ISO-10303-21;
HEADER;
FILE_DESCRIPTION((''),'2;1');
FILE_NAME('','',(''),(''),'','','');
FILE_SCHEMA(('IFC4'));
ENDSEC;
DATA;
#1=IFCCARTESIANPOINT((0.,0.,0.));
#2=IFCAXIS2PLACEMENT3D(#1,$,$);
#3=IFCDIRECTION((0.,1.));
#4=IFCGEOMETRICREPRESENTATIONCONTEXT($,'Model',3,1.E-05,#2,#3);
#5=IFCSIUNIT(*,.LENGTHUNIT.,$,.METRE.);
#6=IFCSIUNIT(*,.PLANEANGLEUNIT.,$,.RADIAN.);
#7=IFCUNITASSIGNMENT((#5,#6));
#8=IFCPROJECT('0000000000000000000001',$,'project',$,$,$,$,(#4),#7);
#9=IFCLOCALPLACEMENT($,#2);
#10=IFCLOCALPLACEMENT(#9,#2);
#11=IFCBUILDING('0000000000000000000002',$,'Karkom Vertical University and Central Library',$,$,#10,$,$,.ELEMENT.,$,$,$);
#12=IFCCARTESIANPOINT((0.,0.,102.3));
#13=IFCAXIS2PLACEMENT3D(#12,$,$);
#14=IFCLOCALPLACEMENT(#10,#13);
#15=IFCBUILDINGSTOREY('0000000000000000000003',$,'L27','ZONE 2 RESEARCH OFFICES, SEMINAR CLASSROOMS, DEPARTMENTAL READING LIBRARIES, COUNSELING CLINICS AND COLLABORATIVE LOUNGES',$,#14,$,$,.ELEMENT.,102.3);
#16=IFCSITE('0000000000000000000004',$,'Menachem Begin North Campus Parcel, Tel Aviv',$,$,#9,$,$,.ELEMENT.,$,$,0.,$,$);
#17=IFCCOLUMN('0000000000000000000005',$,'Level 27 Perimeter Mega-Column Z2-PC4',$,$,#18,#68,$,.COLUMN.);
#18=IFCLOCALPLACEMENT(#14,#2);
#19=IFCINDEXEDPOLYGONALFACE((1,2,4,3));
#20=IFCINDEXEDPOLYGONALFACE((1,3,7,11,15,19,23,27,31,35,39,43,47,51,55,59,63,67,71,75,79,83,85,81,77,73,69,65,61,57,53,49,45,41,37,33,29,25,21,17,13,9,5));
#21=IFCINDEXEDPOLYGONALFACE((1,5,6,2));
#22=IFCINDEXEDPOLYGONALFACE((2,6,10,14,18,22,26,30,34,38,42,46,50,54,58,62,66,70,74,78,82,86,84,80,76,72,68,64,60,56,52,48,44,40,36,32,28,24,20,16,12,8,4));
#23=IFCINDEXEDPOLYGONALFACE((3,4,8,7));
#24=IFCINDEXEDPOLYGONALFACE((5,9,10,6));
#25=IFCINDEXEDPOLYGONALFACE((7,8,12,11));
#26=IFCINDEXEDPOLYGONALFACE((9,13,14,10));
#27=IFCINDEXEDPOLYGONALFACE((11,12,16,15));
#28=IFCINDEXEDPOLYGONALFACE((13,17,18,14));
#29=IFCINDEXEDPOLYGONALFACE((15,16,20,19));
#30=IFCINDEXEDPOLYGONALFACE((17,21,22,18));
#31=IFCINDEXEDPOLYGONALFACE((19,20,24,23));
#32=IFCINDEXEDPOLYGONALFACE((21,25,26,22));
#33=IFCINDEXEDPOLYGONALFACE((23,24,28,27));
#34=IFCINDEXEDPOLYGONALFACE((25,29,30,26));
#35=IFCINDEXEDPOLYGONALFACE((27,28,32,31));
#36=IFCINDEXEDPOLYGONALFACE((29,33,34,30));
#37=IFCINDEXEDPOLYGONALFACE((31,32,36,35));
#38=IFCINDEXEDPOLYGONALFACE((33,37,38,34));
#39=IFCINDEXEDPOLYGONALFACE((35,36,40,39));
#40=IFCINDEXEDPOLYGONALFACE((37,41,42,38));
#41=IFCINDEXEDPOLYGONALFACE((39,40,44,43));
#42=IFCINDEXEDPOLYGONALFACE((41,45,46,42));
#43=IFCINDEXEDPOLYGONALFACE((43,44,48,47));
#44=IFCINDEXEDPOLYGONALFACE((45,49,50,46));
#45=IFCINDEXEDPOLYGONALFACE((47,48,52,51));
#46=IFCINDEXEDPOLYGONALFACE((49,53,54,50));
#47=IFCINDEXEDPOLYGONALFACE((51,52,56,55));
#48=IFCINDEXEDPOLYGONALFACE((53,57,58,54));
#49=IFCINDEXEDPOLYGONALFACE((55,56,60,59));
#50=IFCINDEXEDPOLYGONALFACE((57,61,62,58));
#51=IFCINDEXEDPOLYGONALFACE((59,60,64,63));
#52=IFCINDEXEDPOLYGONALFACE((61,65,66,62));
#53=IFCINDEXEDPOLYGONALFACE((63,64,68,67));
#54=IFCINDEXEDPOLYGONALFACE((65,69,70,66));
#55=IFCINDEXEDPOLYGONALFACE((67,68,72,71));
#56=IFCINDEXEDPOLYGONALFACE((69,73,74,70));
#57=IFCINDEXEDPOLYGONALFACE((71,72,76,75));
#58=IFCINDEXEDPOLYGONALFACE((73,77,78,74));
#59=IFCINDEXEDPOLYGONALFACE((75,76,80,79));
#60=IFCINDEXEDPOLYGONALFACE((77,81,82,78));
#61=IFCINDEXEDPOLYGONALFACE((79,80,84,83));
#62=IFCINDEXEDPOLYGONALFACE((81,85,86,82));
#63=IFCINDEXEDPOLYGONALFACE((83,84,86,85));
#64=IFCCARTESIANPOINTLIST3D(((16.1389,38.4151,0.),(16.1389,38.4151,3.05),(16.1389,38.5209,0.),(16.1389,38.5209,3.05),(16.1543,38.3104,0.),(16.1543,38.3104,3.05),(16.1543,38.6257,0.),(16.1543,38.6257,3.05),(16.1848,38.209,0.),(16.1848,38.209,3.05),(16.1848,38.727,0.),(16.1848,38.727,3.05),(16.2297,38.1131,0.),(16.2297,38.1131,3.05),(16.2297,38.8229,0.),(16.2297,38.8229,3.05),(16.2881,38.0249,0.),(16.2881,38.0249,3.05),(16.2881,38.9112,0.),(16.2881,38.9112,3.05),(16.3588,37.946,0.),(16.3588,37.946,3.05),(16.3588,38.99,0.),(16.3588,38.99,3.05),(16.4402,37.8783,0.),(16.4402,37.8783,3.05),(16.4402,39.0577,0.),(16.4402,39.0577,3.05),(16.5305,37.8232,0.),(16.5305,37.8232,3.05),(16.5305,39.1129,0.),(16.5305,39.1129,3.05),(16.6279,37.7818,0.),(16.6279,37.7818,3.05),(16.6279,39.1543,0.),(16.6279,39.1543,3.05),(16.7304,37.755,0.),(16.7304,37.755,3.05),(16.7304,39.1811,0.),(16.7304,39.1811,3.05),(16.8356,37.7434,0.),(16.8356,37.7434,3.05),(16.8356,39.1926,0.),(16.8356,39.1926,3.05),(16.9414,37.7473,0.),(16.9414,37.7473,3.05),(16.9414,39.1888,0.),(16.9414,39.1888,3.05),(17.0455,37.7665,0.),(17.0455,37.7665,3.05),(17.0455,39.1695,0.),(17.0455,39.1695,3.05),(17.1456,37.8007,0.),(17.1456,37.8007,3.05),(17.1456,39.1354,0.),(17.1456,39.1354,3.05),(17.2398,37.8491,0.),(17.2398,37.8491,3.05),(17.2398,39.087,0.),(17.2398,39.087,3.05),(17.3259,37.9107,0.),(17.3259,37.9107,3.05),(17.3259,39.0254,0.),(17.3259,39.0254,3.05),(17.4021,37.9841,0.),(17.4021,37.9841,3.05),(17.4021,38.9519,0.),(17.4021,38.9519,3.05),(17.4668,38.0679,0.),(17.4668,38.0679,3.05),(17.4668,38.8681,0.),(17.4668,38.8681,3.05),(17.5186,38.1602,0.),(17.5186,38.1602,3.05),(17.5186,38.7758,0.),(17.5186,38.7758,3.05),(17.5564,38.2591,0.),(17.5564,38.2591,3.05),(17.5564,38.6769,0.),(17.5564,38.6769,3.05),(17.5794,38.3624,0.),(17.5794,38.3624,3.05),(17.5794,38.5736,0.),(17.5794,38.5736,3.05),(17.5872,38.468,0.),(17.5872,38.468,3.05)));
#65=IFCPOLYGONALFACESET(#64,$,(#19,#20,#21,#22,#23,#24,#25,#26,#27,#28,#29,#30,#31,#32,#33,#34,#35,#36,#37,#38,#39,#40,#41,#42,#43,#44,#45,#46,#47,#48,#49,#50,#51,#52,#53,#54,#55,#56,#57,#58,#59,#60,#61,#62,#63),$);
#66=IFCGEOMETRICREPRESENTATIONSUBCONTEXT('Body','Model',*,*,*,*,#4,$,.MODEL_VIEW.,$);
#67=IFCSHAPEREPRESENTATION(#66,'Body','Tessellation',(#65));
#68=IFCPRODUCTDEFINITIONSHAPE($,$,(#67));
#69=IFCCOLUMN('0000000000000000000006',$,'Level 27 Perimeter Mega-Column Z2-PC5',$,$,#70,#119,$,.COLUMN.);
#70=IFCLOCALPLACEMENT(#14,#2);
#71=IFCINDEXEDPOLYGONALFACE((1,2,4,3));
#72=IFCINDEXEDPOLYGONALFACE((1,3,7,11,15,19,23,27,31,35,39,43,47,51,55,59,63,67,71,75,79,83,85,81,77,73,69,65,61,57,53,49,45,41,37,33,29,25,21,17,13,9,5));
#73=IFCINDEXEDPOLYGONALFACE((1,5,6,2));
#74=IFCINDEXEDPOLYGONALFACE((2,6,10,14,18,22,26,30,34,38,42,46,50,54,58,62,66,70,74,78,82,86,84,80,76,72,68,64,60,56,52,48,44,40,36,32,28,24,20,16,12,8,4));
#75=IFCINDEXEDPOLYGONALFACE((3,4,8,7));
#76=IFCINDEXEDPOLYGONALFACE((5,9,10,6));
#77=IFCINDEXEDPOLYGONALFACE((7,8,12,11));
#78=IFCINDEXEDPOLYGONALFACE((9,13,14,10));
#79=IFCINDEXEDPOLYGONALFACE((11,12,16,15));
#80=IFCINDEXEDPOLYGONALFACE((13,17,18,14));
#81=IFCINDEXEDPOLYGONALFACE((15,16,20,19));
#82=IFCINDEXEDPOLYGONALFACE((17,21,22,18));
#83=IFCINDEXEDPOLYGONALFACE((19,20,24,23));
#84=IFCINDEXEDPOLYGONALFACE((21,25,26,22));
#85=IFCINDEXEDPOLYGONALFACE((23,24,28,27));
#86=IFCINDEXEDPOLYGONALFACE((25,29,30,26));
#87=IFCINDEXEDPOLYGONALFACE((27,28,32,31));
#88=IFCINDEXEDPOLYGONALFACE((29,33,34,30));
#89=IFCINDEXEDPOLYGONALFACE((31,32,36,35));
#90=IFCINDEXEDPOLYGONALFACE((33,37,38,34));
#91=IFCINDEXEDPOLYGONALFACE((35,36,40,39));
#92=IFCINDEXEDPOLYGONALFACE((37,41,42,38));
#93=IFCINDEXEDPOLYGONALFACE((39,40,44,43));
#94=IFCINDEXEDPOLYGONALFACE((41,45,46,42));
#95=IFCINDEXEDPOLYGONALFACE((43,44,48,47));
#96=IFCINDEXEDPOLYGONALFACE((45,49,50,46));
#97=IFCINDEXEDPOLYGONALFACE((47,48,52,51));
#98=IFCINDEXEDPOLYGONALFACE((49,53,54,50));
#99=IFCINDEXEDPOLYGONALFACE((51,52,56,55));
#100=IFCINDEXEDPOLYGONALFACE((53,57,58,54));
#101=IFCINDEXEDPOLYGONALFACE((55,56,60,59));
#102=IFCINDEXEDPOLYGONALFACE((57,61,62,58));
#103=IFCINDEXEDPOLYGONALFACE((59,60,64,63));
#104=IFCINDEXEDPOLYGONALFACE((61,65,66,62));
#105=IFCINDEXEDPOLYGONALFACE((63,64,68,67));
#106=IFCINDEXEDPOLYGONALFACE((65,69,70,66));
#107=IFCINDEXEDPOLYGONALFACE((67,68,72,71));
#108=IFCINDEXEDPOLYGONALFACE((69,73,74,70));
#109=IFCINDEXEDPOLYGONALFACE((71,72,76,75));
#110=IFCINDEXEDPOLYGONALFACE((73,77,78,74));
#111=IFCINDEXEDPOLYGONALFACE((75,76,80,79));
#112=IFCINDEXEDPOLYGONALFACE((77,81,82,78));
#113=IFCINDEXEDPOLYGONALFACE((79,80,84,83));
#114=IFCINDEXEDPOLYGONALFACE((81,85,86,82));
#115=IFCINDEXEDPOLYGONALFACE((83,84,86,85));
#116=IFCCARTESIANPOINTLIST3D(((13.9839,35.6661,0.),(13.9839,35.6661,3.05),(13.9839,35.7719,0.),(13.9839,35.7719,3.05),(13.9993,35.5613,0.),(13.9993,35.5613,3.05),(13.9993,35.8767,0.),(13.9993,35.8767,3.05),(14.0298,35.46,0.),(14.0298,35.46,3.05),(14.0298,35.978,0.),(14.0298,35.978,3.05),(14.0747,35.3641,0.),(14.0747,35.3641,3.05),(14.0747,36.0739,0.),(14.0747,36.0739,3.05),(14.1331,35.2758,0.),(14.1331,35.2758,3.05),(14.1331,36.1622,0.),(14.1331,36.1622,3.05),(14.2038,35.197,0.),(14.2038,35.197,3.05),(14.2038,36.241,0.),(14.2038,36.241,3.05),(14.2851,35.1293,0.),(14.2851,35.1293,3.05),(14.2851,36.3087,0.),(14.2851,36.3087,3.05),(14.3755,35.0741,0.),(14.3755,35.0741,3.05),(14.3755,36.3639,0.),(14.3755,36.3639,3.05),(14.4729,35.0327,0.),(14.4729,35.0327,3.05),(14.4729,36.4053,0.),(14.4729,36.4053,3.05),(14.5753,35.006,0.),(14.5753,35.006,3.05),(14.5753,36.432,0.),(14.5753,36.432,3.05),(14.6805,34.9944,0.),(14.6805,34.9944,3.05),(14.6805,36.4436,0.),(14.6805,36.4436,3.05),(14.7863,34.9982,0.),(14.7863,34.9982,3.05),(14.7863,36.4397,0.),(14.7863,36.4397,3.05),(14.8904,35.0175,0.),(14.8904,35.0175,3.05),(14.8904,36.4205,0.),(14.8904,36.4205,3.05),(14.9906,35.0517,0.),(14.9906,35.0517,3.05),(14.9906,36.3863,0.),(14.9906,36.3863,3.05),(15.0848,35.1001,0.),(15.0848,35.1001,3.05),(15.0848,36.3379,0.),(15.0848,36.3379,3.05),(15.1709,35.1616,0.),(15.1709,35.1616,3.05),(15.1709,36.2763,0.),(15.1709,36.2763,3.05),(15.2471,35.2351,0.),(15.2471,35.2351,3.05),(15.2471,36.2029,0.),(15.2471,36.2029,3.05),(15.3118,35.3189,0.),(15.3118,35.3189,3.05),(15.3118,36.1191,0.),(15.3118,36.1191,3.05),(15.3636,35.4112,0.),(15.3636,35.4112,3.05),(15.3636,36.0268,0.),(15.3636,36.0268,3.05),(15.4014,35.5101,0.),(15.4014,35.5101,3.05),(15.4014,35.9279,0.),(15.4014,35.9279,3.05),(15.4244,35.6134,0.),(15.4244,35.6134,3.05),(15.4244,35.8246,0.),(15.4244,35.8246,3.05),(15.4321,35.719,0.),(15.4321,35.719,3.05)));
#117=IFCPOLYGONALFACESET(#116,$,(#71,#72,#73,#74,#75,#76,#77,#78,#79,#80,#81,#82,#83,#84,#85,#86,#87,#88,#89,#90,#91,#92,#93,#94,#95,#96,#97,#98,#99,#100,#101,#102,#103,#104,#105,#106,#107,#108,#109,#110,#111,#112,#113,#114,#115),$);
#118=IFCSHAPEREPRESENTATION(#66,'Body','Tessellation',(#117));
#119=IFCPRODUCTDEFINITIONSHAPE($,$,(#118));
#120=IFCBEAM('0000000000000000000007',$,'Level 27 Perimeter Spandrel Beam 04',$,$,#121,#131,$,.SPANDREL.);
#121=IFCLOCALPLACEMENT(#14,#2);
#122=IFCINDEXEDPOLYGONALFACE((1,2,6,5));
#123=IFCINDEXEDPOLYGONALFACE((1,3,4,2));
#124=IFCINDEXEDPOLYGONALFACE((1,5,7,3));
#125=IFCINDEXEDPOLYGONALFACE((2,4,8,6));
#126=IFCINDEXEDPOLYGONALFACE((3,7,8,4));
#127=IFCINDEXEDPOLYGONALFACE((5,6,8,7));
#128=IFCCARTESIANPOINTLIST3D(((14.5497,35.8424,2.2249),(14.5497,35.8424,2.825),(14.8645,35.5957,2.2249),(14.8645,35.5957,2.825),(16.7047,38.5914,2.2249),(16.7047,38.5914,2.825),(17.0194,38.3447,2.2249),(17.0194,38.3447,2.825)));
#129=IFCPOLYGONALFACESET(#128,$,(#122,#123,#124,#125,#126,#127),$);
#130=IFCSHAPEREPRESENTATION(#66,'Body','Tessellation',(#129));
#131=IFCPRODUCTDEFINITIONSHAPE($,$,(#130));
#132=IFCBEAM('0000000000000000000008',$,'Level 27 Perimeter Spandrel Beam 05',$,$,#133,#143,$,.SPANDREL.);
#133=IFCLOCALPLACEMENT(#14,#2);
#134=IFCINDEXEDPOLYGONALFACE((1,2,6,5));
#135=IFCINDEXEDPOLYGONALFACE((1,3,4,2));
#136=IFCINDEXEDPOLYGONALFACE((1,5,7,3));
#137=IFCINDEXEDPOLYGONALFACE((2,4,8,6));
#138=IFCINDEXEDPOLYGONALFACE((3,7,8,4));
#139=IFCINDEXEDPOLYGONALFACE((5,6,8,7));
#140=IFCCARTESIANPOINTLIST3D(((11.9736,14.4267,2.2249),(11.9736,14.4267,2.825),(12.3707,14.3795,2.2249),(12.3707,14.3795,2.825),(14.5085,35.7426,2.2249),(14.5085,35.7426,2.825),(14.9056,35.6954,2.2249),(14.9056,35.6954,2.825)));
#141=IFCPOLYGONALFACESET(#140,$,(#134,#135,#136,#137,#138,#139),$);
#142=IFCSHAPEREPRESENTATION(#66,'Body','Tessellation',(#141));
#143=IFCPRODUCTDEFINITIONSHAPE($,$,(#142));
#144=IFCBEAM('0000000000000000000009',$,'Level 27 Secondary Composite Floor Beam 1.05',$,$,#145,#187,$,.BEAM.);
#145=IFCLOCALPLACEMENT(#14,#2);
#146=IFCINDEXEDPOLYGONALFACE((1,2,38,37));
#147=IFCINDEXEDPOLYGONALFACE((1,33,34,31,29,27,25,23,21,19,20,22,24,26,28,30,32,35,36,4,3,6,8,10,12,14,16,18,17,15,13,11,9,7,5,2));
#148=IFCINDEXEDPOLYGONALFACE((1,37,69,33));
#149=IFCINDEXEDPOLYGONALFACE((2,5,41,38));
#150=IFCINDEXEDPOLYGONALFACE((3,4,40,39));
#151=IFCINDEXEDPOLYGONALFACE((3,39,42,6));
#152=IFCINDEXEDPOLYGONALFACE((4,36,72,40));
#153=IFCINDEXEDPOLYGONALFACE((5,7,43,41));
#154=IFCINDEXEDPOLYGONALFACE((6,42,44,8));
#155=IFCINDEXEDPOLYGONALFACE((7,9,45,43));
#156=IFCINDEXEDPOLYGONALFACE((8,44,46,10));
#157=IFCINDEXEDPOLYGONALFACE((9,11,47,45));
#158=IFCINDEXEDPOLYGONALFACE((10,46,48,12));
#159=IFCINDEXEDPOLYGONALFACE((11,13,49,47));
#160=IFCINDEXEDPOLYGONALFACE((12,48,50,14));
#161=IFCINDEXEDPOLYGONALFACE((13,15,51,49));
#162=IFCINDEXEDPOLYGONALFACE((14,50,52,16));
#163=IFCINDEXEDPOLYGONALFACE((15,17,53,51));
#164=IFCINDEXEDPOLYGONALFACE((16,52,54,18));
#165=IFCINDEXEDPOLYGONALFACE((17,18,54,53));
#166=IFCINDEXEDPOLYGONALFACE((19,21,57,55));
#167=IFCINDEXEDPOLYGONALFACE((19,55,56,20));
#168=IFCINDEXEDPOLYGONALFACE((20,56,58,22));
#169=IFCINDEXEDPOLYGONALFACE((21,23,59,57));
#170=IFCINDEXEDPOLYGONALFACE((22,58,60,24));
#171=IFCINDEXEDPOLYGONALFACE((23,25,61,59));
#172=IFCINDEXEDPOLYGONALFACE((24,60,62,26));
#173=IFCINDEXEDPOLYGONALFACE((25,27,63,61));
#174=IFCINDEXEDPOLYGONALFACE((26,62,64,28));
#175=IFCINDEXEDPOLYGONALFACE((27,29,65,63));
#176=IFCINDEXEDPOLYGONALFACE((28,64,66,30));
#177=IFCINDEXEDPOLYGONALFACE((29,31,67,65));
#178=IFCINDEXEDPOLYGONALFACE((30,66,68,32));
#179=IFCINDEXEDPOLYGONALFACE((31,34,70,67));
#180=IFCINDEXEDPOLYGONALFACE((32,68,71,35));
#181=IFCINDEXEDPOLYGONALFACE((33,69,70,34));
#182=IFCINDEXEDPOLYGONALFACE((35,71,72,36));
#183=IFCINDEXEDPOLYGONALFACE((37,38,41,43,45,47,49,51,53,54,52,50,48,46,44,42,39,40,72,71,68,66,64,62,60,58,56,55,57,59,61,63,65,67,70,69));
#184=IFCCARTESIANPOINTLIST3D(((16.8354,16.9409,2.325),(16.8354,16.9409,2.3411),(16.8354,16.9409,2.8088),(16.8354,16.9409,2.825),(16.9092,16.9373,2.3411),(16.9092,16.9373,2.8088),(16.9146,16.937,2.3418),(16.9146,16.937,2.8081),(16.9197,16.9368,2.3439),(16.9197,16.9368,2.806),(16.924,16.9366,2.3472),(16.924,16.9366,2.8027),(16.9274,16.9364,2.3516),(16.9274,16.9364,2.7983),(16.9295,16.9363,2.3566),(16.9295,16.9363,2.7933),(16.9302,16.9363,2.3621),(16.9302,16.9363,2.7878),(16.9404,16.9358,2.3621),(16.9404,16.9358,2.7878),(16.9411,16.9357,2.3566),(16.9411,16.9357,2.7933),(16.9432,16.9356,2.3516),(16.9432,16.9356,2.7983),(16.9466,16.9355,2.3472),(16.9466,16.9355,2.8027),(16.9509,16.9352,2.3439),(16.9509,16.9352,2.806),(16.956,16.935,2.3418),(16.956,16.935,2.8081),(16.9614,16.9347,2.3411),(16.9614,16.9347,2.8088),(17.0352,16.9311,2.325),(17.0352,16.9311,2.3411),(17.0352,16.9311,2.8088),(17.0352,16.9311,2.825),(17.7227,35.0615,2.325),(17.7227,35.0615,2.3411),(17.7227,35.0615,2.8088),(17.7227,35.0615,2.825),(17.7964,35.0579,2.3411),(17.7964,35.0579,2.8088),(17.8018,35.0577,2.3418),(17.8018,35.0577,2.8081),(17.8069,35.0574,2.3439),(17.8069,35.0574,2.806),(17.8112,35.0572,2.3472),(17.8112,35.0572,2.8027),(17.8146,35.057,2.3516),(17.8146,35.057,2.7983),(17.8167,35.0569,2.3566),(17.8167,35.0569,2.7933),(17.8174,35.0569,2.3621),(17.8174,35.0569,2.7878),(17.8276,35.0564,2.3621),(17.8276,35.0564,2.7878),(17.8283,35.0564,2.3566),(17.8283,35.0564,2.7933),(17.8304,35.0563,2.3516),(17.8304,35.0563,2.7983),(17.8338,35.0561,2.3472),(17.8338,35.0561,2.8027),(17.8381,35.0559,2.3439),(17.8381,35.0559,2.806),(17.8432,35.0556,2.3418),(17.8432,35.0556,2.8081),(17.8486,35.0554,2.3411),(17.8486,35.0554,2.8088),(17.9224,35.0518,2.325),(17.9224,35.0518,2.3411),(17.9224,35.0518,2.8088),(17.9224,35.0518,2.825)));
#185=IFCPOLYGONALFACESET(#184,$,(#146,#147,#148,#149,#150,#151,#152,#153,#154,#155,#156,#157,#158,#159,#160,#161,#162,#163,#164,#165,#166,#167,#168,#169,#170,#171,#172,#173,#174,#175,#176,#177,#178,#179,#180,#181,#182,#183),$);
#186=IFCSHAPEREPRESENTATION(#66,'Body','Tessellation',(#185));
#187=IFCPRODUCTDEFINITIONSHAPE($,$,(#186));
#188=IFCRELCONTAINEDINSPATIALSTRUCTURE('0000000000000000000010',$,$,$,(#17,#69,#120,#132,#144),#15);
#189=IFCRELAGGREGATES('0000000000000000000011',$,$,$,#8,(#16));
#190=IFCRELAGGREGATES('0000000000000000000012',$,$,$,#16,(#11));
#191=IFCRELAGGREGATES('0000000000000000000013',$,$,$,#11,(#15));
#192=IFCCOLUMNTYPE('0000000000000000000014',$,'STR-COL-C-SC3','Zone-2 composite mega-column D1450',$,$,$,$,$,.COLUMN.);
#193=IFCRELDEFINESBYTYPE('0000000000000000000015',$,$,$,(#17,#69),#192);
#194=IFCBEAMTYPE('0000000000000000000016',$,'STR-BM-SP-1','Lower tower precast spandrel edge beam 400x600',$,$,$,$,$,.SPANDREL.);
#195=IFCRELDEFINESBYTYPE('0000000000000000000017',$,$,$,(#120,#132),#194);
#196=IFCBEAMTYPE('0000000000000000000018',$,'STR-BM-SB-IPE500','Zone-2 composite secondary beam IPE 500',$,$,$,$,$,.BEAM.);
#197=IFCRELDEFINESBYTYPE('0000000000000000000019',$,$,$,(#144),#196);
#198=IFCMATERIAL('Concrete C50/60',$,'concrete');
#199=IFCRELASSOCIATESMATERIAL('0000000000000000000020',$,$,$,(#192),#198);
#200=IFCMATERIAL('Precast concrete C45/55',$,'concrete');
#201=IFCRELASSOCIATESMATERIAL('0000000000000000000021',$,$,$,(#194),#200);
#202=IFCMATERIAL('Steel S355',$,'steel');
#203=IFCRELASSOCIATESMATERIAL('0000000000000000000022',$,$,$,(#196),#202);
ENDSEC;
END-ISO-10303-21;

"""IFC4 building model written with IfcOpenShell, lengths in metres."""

from ifc_helpers import new_model, si_unit, direction, frame, origin, origin_with_axes, origin_2d, place, context, subcontext, project, spatial, rectangle, circle, i_section, extrude, source, transform, mapped, material, material_profile, profile_set, type_object, element, save


model = new_model("IFC4")

# Units and contexts
model_context = context("Model", 3, precision=1e-05, world=origin(), true_north=direction((0.0, 1.0)))
body_context = subcontext(model_context, "Body", "Model", "MODEL_VIEW")
ifc_project = project(units=[si_unit("LENGTHUNIT", "METRE"), si_unit("PLANEANGLEUNIT", "RADIAN")], contexts=[model_context])

# Site, building, storey
site_placement = place(None, origin())
site = spatial("IfcSite", under=ifc_project, at=site_placement, Name="Menachem Begin North Campus Parcel, Tel Aviv", CompositionType="ELEMENT", RefElevation=0.0)
building_placement = place(site_placement, origin())
building = spatial("IfcBuilding", under=site, at=building_placement, Name="Karkom Vertical University and Central Library", CompositionType="ELEMENT")
storey_placement = place(building_placement, frame((0.0, 0.0, 102.3)))
storey = spatial("IfcBuildingStorey", under=building, at=storey_placement, Name="L27", Description="ZONE 2 RESEARCH OFFICES, SEMINAR CLASSROOMS, DEPARTMENTAL READING LIBRARIES, COUNSELING CLINICS AND COLLABORATIVE LOUNGES", CompositionType="ELEMENT", Elevation=102.3)

# Columns
ifc_material_1 = material(Name="Concrete C50/60", Category="concrete")
ifc_material_profile_1 = material_profile(ifc_material_1, circle(Radius=0.7251, at=origin_2d()), Name="CFT-D1450")
ifc_profile_set_1 = profile_set([ifc_material_profile_1], Name="Concrete C50/60")
column_type = type_object("IfcColumnType", Name="STR-COL-C-SC3", Description="Zone-2 composite mega-column D1450", PredefinedType="COLUMN", material=ifc_profile_set_1)
shared_shape_1 = source(origin_with_axes(), body_context, "Body", "SweptSolid", [
    extrude(circle(Radius=0.7251, at=origin_2d()), origin(), (0.0, 0.0, 1.0), 3.05),
])
for number, where, z_axis, x_axis, name in (
    (1, (16.8621, 38.468, 0.0), (0.0, 0.0, 1.0), (1.0, 0.0, 0.0), "Level 27 Perimeter Mega-Column Z2-PC4"),
    (2, (14.707, 35.719, 0.0), (0.0, 0.0, 1.0), (1.0, 0.0, 0.0), "Level 27 Perimeter Mega-Column Z2-PC5"),
):
    element("IfcColumn", number, at=place(storey_placement, frame(where, z_axis=z_axis, x_axis=x_axis)), inside=storey, type_object=column_type, Name=name, PredefinedType="COLUMN", context=body_context, shape_type="MappedRepresentation", body=[
        mapped(shared_shape_1, transform((0.0, 0.0, 0.0), scale=1.0)),
    ])

# Beams
ifc_material_2 = material(Name="Precast concrete C45/55", Category="concrete")
ifc_material_profile_2 = material_profile(ifc_material_2, rectangle(XDim=0.3999, YDim=0.6001, at=origin_2d()), Name="SPB-400x600")
ifc_profile_set_2 = profile_set([ifc_material_profile_2], Name="Precast concrete C45/55")
beam_type_1 = type_object("IfcBeamType", Name="STR-BM-SP-1", Description="Lower tower precast spandrel edge beam 400x600", PredefinedType="SPANDREL", material=ifc_profile_set_2)
shared_shape_2 = source(origin_with_axes(), body_context, "Body", "SweptSolid", [
    extrude(rectangle(XDim=0.3999, YDim=0.6001, at=origin_2d()), origin(), (0.0, 0.0, 1.0), 3.4929),
])
beam_1_placement = place(storey_placement, frame((16.8621, 38.468, 2.5249), z_axis=(-0.616951, -0.787002, 0.0), x_axis=(0.787002, -0.616951, 0.0)))
element("IfcBeam", 3, at=beam_1_placement, inside=storey, type_object=beam_type_1, Name="Level 27 Perimeter Spandrel Beam 04", PredefinedType="SPANDREL", context=body_context, shape_type="MappedRepresentation", body=[
    mapped(shared_shape_2, transform((0.0, 0.0, 0.0), scale=1.0)),
])
shared_shape_3 = source(origin_with_axes(), body_context, "Body", "SweptSolid", [
    extrude(rectangle(XDim=0.3999, YDim=0.6001, at=origin_2d()), origin(), (0.0, 0.0, 1.0), 21.4661),
])
beam_2_placement = place(storey_placement, frame((14.707, 35.719, 2.5249), z_axis=(-0.118089, -0.993003, 0.0), x_axis=(0.993003, -0.118089, 0.0)))
element("IfcBeam", 4, at=beam_2_placement, inside=storey, type_object=beam_type_1, Name="Level 27 Perimeter Spandrel Beam 05", PredefinedType="SPANDREL", context=body_context, shape_type="MappedRepresentation", body=[
    mapped(shared_shape_3, transform((0.0, 0.0, 0.0), scale=1.0)),
])
ifc_material_3 = material(Name="Steel S355", Category="steel")
ifc_material_profile_3 = material_profile(ifc_material_3, i_section(OverallWidth=0.2, OverallDepth=0.5, WebThickness=0.0103, FlangeThickness=0.0161, FilletRadius=0.021, at=origin_2d()), Name="IPE 500")
ifc_profile_set_3 = profile_set([ifc_material_profile_3], Name="Steel S355")
beam_type_2 = type_object("IfcBeamType", Name="STR-BM-SB-IPE500", Description="Zone-2 composite secondary beam IPE 500", PredefinedType="BEAM", material=ifc_profile_set_3)
shared_shape_4 = source(origin_with_axes(), body_context, "Body", "SweptSolid", [
    extrude(i_section(OverallWidth=0.2, OverallDepth=0.5, WebThickness=0.0103, FlangeThickness=0.0161, FilletRadius=0.021, at=origin_2d()), origin(), (0.0, 0.0, 1.0), 18.1423),
])
beam_3_placement = place(storey_placement, frame((17.8225, 35.0566, 2.575), z_axis=(-0.048903, -0.998804, 0.0), x_axis=(0.998804, -0.048903, 0.0)))
element("IfcBeam", 5, at=beam_3_placement, inside=storey, type_object=beam_type_2, Name="Level 27 Secondary Composite Floor Beam 1.05", PredefinedType="BEAM", context=body_context, shape_type="MappedRepresentation", body=[
    mapped(shared_shape_4, transform((0.0, 0.0, 0.0), scale=1.0)),
])

save(model, "model.ifc")
